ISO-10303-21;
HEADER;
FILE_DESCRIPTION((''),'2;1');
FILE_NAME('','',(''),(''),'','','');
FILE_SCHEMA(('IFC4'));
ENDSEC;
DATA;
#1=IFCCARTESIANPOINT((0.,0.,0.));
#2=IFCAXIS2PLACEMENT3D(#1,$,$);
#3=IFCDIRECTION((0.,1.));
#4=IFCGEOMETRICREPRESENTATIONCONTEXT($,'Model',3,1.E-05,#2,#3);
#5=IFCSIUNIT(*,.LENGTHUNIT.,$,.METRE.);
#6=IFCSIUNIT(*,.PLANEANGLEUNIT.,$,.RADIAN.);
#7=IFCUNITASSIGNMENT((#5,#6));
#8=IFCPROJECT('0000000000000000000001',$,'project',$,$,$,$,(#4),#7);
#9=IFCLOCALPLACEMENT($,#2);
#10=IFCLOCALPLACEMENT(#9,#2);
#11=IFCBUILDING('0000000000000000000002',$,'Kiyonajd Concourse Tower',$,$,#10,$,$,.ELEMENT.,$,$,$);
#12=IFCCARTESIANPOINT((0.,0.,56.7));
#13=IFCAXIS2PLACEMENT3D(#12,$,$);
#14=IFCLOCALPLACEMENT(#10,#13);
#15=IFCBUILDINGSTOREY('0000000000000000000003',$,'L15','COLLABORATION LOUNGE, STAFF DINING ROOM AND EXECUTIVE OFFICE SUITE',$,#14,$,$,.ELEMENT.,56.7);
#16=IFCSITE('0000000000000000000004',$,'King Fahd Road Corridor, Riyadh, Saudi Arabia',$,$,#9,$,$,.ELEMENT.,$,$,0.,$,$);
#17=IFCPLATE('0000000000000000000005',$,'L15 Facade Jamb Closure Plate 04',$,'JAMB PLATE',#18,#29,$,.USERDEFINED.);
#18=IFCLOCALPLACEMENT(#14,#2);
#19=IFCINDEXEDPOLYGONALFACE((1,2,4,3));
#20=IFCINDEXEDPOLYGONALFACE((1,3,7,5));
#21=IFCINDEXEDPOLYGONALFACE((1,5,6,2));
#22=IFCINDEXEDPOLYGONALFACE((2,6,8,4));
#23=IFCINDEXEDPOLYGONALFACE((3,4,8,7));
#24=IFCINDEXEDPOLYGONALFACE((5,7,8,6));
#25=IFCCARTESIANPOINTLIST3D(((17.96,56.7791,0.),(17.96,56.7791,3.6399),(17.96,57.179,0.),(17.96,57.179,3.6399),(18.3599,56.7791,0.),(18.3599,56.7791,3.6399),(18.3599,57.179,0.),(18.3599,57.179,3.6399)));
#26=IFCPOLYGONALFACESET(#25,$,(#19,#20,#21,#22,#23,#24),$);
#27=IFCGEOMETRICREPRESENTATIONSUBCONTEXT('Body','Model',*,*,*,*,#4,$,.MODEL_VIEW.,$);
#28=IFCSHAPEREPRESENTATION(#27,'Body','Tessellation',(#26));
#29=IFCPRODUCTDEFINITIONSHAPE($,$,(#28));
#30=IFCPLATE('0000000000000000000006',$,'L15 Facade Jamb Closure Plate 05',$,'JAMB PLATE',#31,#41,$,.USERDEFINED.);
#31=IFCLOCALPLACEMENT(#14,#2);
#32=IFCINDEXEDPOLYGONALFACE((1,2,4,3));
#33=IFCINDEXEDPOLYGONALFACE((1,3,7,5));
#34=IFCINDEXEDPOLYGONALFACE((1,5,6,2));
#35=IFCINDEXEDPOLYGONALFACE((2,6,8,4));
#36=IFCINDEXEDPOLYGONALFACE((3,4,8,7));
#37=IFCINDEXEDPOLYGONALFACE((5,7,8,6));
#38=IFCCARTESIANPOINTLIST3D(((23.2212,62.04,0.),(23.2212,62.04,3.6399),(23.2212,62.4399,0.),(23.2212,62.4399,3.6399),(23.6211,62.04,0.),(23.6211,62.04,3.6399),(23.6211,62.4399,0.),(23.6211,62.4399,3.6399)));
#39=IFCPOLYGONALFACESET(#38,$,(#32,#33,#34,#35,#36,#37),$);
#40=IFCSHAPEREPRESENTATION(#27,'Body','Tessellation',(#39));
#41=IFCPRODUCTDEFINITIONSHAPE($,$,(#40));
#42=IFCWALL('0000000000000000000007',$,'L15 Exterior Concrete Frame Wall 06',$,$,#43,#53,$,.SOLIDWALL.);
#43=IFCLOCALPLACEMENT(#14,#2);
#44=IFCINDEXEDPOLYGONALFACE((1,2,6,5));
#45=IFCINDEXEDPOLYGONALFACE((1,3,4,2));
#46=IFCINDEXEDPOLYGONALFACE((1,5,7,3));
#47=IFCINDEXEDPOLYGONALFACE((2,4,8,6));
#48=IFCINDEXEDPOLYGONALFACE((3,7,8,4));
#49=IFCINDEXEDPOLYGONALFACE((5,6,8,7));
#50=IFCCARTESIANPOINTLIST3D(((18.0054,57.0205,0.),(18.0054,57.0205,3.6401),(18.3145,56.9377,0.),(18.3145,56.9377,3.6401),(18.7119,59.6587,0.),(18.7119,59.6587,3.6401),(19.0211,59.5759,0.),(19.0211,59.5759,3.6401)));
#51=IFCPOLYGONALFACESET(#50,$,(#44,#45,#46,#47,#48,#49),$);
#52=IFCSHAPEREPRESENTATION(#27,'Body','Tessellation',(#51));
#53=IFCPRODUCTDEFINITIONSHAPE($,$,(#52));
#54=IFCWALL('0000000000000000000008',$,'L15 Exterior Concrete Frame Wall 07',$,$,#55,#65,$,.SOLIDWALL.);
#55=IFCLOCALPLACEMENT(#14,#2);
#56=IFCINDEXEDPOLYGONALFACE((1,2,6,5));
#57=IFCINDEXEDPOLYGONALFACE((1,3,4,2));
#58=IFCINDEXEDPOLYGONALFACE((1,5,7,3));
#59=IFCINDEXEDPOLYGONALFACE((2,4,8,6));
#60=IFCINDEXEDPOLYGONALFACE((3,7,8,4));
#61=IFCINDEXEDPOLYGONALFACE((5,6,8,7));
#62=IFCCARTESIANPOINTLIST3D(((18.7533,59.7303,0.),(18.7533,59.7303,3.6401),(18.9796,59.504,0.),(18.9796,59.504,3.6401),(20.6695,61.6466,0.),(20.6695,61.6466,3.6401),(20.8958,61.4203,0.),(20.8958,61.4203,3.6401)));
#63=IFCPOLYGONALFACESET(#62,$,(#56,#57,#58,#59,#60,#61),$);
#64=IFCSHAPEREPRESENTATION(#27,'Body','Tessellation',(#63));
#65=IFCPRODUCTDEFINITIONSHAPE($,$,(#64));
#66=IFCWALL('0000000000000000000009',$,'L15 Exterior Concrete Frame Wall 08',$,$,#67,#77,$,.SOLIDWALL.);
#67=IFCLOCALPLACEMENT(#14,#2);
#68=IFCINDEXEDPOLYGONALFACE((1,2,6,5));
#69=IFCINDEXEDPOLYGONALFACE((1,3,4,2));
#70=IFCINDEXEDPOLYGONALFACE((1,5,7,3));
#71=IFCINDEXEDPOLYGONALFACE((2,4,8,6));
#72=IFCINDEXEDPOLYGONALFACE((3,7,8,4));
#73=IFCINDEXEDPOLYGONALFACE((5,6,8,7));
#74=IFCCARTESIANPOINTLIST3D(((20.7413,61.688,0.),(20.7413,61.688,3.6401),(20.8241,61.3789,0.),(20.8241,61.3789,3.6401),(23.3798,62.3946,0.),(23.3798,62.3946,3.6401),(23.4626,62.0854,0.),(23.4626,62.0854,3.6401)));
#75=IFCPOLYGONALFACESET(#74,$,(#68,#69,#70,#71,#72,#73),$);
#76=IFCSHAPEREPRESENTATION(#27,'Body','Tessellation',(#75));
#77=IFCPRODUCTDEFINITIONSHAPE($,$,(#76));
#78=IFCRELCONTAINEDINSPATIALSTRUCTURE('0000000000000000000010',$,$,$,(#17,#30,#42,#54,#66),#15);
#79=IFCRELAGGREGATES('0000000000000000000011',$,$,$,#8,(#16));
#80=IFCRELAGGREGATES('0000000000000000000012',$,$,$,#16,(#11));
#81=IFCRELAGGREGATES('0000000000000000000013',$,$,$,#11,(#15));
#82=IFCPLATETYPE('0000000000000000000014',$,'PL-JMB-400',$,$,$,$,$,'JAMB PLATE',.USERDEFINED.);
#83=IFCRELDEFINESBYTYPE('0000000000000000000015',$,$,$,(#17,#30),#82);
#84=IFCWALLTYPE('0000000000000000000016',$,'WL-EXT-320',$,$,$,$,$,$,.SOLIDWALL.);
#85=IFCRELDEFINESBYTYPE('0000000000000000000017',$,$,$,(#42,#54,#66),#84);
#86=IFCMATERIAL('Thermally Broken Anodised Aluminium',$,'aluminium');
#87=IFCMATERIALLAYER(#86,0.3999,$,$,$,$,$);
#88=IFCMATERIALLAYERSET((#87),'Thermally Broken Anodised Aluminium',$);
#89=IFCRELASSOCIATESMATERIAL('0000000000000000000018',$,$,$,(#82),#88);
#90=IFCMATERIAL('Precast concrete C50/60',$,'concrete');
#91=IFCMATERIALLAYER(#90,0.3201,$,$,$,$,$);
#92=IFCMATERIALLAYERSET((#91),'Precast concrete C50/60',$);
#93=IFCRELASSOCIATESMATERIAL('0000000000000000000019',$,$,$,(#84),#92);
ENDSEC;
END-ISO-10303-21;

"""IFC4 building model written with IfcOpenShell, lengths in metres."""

from ifc_helpers import new_model, si_unit, direction, frame, frame_2d, origin, origin_2d, place, context, subcontext, project, spatial, rectangle, extrude, material, layer, layer_set, type_object, element, save


model = new_model("IFC4")

# Units and contexts
model_context = context("Model", 3, precision=1e-05, world=origin(), true_north=direction((0.0, 1.0)))
body_context = subcontext(model_context, "Body", "Model", "MODEL_VIEW")
ifc_project = project(units=[si_unit("LENGTHUNIT", "METRE"), si_unit("PLANEANGLEUNIT", "RADIAN")], contexts=[model_context])

# Site, building, storey
site_placement = place(None, origin())
site = spatial("IfcSite", under=ifc_project, at=site_placement, Name="King Fahd Road Corridor, Riyadh, Saudi Arabia", CompositionType="ELEMENT", RefElevation=0.0)
building_placement = place(site_placement, origin())
building = spatial("IfcBuilding", under=site, at=building_placement, Name="Kiyonajd Concourse Tower", CompositionType="ELEMENT")
storey_placement = place(building_placement, frame((0.0, 0.0, 56.7)))
storey = spatial("IfcBuildingStorey", under=building, at=storey_placement, Name="L15", Description="COLLABORATION LOUNGE, STAFF DINING ROOM AND EXECUTIVE OFFICE SUITE", CompositionType="ELEMENT", Elevation=56.7)

# Shared definitions
ifc_material_1 = material(Name="Precast concrete C50/60", Category="concrete")

# Shared definitions
ifc_material_2 = material(Name="Thermally Broken Anodised Aluminium", Category="aluminium")

# Plates
ifc_layer_1 = layer(ifc_material_2, 0.3999)
ifc_layer_set_1 = layer_set([ifc_layer_1], Name="Thermally Broken Anodised Aluminium")
plate_type_1 = type_object("IfcPlateType", Name="PL-JMB-400", ElementType="JAMB PLATE", PredefinedType="USERDEFINED", material=ifc_layer_set_1)
for number, where, z_axis, x_axis, name in (
    (1, (18.1599, 56.979, 0.0), (0.0, 0.0, 1.0), (1.0, 0.0, 0.0), "L15 Facade Jamb Closure Plate 04"),
    (2, (23.4211, 62.24, 0.0), (0.0, 0.0, 1.0), (1.0, 0.0, 0.0), "L15 Facade Jamb Closure Plate 05"),
):
    element("IfcPlate", number, at=place(storey_placement, frame(where, z_axis=z_axis, x_axis=x_axis)), inside=storey, type_object=plate_type_1, Name=name, ObjectType="JAMB PLATE", PredefinedType="USERDEFINED", context=body_context, shape_type="SweptSolid", body=[
        extrude(rectangle(XDim=0.3999, YDim=0.3999, at=origin_2d()), origin(), (0.0, 0.0, 1.0), 3.6399),
    ])

# Walls
ifc_layer_2 = layer(ifc_material_1, 0.3201)
ifc_layer_set_2 = layer_set([ifc_layer_2], Name="Precast concrete C50/60")
wall_type = type_object("IfcWallType", Name="WL-EXT-320", PredefinedType="SOLIDWALL", material=ifc_layer_set_2)
wall_1_placement = place(storey_placement, frame((18.1599, 56.979, 0.0), z_axis=(0.0, 0.0, 1.0), x_axis=(0.258697, 0.965958, 0.0)))
element("IfcWall", 3, at=wall_1_placement, inside=storey, type_object=wall_type, Name="L15 Exterior Concrete Frame Wall 06", PredefinedType="SOLIDWALL", context=body_context, shape_type="SweptSolid", body=[
    extrude(rectangle(XDim=2.7312, YDim=0.3201, at=frame_2d((1.3657, 0.0))), origin(), (0.0, 0.0, 1.0), 3.6401),
])
wall_2_placement = place(storey_placement, frame((18.8665, 59.6172, 0.0), z_axis=(0.0, 0.0, 1.0), x_axis=(0.707107, 0.707107, 0.0)))
element("IfcWall", 4, at=wall_2_placement, inside=storey, type_object=wall_type, Name="L15 Exterior Concrete Frame Wall 07", PredefinedType="SOLIDWALL", context=body_context, shape_type="SweptSolid", body=[
    extrude(rectangle(XDim=2.71, YDim=0.3201, at=frame_2d((1.355, 0.0))), origin(), (0.0, 0.0, 1.0), 3.6401),
])
wall_3_placement = place(storey_placement, frame((20.7827, 61.5334, 0.0), z_axis=(0.0, 0.0, 1.0), x_axis=(0.965964, 0.258675, 0.0)))
element("IfcWall", 5, at=wall_3_placement, inside=storey, type_object=wall_type, Name="L15 Exterior Concrete Frame Wall 08", PredefinedType="SOLIDWALL", context=body_context, shape_type="SweptSolid", body=[
    extrude(rectangle(XDim=2.7314, YDim=0.3201, at=frame_2d((1.3657, 0.0))), origin(), (0.0, 0.0, 1.0), 3.6401),
])

save(model, "model.ifc")
